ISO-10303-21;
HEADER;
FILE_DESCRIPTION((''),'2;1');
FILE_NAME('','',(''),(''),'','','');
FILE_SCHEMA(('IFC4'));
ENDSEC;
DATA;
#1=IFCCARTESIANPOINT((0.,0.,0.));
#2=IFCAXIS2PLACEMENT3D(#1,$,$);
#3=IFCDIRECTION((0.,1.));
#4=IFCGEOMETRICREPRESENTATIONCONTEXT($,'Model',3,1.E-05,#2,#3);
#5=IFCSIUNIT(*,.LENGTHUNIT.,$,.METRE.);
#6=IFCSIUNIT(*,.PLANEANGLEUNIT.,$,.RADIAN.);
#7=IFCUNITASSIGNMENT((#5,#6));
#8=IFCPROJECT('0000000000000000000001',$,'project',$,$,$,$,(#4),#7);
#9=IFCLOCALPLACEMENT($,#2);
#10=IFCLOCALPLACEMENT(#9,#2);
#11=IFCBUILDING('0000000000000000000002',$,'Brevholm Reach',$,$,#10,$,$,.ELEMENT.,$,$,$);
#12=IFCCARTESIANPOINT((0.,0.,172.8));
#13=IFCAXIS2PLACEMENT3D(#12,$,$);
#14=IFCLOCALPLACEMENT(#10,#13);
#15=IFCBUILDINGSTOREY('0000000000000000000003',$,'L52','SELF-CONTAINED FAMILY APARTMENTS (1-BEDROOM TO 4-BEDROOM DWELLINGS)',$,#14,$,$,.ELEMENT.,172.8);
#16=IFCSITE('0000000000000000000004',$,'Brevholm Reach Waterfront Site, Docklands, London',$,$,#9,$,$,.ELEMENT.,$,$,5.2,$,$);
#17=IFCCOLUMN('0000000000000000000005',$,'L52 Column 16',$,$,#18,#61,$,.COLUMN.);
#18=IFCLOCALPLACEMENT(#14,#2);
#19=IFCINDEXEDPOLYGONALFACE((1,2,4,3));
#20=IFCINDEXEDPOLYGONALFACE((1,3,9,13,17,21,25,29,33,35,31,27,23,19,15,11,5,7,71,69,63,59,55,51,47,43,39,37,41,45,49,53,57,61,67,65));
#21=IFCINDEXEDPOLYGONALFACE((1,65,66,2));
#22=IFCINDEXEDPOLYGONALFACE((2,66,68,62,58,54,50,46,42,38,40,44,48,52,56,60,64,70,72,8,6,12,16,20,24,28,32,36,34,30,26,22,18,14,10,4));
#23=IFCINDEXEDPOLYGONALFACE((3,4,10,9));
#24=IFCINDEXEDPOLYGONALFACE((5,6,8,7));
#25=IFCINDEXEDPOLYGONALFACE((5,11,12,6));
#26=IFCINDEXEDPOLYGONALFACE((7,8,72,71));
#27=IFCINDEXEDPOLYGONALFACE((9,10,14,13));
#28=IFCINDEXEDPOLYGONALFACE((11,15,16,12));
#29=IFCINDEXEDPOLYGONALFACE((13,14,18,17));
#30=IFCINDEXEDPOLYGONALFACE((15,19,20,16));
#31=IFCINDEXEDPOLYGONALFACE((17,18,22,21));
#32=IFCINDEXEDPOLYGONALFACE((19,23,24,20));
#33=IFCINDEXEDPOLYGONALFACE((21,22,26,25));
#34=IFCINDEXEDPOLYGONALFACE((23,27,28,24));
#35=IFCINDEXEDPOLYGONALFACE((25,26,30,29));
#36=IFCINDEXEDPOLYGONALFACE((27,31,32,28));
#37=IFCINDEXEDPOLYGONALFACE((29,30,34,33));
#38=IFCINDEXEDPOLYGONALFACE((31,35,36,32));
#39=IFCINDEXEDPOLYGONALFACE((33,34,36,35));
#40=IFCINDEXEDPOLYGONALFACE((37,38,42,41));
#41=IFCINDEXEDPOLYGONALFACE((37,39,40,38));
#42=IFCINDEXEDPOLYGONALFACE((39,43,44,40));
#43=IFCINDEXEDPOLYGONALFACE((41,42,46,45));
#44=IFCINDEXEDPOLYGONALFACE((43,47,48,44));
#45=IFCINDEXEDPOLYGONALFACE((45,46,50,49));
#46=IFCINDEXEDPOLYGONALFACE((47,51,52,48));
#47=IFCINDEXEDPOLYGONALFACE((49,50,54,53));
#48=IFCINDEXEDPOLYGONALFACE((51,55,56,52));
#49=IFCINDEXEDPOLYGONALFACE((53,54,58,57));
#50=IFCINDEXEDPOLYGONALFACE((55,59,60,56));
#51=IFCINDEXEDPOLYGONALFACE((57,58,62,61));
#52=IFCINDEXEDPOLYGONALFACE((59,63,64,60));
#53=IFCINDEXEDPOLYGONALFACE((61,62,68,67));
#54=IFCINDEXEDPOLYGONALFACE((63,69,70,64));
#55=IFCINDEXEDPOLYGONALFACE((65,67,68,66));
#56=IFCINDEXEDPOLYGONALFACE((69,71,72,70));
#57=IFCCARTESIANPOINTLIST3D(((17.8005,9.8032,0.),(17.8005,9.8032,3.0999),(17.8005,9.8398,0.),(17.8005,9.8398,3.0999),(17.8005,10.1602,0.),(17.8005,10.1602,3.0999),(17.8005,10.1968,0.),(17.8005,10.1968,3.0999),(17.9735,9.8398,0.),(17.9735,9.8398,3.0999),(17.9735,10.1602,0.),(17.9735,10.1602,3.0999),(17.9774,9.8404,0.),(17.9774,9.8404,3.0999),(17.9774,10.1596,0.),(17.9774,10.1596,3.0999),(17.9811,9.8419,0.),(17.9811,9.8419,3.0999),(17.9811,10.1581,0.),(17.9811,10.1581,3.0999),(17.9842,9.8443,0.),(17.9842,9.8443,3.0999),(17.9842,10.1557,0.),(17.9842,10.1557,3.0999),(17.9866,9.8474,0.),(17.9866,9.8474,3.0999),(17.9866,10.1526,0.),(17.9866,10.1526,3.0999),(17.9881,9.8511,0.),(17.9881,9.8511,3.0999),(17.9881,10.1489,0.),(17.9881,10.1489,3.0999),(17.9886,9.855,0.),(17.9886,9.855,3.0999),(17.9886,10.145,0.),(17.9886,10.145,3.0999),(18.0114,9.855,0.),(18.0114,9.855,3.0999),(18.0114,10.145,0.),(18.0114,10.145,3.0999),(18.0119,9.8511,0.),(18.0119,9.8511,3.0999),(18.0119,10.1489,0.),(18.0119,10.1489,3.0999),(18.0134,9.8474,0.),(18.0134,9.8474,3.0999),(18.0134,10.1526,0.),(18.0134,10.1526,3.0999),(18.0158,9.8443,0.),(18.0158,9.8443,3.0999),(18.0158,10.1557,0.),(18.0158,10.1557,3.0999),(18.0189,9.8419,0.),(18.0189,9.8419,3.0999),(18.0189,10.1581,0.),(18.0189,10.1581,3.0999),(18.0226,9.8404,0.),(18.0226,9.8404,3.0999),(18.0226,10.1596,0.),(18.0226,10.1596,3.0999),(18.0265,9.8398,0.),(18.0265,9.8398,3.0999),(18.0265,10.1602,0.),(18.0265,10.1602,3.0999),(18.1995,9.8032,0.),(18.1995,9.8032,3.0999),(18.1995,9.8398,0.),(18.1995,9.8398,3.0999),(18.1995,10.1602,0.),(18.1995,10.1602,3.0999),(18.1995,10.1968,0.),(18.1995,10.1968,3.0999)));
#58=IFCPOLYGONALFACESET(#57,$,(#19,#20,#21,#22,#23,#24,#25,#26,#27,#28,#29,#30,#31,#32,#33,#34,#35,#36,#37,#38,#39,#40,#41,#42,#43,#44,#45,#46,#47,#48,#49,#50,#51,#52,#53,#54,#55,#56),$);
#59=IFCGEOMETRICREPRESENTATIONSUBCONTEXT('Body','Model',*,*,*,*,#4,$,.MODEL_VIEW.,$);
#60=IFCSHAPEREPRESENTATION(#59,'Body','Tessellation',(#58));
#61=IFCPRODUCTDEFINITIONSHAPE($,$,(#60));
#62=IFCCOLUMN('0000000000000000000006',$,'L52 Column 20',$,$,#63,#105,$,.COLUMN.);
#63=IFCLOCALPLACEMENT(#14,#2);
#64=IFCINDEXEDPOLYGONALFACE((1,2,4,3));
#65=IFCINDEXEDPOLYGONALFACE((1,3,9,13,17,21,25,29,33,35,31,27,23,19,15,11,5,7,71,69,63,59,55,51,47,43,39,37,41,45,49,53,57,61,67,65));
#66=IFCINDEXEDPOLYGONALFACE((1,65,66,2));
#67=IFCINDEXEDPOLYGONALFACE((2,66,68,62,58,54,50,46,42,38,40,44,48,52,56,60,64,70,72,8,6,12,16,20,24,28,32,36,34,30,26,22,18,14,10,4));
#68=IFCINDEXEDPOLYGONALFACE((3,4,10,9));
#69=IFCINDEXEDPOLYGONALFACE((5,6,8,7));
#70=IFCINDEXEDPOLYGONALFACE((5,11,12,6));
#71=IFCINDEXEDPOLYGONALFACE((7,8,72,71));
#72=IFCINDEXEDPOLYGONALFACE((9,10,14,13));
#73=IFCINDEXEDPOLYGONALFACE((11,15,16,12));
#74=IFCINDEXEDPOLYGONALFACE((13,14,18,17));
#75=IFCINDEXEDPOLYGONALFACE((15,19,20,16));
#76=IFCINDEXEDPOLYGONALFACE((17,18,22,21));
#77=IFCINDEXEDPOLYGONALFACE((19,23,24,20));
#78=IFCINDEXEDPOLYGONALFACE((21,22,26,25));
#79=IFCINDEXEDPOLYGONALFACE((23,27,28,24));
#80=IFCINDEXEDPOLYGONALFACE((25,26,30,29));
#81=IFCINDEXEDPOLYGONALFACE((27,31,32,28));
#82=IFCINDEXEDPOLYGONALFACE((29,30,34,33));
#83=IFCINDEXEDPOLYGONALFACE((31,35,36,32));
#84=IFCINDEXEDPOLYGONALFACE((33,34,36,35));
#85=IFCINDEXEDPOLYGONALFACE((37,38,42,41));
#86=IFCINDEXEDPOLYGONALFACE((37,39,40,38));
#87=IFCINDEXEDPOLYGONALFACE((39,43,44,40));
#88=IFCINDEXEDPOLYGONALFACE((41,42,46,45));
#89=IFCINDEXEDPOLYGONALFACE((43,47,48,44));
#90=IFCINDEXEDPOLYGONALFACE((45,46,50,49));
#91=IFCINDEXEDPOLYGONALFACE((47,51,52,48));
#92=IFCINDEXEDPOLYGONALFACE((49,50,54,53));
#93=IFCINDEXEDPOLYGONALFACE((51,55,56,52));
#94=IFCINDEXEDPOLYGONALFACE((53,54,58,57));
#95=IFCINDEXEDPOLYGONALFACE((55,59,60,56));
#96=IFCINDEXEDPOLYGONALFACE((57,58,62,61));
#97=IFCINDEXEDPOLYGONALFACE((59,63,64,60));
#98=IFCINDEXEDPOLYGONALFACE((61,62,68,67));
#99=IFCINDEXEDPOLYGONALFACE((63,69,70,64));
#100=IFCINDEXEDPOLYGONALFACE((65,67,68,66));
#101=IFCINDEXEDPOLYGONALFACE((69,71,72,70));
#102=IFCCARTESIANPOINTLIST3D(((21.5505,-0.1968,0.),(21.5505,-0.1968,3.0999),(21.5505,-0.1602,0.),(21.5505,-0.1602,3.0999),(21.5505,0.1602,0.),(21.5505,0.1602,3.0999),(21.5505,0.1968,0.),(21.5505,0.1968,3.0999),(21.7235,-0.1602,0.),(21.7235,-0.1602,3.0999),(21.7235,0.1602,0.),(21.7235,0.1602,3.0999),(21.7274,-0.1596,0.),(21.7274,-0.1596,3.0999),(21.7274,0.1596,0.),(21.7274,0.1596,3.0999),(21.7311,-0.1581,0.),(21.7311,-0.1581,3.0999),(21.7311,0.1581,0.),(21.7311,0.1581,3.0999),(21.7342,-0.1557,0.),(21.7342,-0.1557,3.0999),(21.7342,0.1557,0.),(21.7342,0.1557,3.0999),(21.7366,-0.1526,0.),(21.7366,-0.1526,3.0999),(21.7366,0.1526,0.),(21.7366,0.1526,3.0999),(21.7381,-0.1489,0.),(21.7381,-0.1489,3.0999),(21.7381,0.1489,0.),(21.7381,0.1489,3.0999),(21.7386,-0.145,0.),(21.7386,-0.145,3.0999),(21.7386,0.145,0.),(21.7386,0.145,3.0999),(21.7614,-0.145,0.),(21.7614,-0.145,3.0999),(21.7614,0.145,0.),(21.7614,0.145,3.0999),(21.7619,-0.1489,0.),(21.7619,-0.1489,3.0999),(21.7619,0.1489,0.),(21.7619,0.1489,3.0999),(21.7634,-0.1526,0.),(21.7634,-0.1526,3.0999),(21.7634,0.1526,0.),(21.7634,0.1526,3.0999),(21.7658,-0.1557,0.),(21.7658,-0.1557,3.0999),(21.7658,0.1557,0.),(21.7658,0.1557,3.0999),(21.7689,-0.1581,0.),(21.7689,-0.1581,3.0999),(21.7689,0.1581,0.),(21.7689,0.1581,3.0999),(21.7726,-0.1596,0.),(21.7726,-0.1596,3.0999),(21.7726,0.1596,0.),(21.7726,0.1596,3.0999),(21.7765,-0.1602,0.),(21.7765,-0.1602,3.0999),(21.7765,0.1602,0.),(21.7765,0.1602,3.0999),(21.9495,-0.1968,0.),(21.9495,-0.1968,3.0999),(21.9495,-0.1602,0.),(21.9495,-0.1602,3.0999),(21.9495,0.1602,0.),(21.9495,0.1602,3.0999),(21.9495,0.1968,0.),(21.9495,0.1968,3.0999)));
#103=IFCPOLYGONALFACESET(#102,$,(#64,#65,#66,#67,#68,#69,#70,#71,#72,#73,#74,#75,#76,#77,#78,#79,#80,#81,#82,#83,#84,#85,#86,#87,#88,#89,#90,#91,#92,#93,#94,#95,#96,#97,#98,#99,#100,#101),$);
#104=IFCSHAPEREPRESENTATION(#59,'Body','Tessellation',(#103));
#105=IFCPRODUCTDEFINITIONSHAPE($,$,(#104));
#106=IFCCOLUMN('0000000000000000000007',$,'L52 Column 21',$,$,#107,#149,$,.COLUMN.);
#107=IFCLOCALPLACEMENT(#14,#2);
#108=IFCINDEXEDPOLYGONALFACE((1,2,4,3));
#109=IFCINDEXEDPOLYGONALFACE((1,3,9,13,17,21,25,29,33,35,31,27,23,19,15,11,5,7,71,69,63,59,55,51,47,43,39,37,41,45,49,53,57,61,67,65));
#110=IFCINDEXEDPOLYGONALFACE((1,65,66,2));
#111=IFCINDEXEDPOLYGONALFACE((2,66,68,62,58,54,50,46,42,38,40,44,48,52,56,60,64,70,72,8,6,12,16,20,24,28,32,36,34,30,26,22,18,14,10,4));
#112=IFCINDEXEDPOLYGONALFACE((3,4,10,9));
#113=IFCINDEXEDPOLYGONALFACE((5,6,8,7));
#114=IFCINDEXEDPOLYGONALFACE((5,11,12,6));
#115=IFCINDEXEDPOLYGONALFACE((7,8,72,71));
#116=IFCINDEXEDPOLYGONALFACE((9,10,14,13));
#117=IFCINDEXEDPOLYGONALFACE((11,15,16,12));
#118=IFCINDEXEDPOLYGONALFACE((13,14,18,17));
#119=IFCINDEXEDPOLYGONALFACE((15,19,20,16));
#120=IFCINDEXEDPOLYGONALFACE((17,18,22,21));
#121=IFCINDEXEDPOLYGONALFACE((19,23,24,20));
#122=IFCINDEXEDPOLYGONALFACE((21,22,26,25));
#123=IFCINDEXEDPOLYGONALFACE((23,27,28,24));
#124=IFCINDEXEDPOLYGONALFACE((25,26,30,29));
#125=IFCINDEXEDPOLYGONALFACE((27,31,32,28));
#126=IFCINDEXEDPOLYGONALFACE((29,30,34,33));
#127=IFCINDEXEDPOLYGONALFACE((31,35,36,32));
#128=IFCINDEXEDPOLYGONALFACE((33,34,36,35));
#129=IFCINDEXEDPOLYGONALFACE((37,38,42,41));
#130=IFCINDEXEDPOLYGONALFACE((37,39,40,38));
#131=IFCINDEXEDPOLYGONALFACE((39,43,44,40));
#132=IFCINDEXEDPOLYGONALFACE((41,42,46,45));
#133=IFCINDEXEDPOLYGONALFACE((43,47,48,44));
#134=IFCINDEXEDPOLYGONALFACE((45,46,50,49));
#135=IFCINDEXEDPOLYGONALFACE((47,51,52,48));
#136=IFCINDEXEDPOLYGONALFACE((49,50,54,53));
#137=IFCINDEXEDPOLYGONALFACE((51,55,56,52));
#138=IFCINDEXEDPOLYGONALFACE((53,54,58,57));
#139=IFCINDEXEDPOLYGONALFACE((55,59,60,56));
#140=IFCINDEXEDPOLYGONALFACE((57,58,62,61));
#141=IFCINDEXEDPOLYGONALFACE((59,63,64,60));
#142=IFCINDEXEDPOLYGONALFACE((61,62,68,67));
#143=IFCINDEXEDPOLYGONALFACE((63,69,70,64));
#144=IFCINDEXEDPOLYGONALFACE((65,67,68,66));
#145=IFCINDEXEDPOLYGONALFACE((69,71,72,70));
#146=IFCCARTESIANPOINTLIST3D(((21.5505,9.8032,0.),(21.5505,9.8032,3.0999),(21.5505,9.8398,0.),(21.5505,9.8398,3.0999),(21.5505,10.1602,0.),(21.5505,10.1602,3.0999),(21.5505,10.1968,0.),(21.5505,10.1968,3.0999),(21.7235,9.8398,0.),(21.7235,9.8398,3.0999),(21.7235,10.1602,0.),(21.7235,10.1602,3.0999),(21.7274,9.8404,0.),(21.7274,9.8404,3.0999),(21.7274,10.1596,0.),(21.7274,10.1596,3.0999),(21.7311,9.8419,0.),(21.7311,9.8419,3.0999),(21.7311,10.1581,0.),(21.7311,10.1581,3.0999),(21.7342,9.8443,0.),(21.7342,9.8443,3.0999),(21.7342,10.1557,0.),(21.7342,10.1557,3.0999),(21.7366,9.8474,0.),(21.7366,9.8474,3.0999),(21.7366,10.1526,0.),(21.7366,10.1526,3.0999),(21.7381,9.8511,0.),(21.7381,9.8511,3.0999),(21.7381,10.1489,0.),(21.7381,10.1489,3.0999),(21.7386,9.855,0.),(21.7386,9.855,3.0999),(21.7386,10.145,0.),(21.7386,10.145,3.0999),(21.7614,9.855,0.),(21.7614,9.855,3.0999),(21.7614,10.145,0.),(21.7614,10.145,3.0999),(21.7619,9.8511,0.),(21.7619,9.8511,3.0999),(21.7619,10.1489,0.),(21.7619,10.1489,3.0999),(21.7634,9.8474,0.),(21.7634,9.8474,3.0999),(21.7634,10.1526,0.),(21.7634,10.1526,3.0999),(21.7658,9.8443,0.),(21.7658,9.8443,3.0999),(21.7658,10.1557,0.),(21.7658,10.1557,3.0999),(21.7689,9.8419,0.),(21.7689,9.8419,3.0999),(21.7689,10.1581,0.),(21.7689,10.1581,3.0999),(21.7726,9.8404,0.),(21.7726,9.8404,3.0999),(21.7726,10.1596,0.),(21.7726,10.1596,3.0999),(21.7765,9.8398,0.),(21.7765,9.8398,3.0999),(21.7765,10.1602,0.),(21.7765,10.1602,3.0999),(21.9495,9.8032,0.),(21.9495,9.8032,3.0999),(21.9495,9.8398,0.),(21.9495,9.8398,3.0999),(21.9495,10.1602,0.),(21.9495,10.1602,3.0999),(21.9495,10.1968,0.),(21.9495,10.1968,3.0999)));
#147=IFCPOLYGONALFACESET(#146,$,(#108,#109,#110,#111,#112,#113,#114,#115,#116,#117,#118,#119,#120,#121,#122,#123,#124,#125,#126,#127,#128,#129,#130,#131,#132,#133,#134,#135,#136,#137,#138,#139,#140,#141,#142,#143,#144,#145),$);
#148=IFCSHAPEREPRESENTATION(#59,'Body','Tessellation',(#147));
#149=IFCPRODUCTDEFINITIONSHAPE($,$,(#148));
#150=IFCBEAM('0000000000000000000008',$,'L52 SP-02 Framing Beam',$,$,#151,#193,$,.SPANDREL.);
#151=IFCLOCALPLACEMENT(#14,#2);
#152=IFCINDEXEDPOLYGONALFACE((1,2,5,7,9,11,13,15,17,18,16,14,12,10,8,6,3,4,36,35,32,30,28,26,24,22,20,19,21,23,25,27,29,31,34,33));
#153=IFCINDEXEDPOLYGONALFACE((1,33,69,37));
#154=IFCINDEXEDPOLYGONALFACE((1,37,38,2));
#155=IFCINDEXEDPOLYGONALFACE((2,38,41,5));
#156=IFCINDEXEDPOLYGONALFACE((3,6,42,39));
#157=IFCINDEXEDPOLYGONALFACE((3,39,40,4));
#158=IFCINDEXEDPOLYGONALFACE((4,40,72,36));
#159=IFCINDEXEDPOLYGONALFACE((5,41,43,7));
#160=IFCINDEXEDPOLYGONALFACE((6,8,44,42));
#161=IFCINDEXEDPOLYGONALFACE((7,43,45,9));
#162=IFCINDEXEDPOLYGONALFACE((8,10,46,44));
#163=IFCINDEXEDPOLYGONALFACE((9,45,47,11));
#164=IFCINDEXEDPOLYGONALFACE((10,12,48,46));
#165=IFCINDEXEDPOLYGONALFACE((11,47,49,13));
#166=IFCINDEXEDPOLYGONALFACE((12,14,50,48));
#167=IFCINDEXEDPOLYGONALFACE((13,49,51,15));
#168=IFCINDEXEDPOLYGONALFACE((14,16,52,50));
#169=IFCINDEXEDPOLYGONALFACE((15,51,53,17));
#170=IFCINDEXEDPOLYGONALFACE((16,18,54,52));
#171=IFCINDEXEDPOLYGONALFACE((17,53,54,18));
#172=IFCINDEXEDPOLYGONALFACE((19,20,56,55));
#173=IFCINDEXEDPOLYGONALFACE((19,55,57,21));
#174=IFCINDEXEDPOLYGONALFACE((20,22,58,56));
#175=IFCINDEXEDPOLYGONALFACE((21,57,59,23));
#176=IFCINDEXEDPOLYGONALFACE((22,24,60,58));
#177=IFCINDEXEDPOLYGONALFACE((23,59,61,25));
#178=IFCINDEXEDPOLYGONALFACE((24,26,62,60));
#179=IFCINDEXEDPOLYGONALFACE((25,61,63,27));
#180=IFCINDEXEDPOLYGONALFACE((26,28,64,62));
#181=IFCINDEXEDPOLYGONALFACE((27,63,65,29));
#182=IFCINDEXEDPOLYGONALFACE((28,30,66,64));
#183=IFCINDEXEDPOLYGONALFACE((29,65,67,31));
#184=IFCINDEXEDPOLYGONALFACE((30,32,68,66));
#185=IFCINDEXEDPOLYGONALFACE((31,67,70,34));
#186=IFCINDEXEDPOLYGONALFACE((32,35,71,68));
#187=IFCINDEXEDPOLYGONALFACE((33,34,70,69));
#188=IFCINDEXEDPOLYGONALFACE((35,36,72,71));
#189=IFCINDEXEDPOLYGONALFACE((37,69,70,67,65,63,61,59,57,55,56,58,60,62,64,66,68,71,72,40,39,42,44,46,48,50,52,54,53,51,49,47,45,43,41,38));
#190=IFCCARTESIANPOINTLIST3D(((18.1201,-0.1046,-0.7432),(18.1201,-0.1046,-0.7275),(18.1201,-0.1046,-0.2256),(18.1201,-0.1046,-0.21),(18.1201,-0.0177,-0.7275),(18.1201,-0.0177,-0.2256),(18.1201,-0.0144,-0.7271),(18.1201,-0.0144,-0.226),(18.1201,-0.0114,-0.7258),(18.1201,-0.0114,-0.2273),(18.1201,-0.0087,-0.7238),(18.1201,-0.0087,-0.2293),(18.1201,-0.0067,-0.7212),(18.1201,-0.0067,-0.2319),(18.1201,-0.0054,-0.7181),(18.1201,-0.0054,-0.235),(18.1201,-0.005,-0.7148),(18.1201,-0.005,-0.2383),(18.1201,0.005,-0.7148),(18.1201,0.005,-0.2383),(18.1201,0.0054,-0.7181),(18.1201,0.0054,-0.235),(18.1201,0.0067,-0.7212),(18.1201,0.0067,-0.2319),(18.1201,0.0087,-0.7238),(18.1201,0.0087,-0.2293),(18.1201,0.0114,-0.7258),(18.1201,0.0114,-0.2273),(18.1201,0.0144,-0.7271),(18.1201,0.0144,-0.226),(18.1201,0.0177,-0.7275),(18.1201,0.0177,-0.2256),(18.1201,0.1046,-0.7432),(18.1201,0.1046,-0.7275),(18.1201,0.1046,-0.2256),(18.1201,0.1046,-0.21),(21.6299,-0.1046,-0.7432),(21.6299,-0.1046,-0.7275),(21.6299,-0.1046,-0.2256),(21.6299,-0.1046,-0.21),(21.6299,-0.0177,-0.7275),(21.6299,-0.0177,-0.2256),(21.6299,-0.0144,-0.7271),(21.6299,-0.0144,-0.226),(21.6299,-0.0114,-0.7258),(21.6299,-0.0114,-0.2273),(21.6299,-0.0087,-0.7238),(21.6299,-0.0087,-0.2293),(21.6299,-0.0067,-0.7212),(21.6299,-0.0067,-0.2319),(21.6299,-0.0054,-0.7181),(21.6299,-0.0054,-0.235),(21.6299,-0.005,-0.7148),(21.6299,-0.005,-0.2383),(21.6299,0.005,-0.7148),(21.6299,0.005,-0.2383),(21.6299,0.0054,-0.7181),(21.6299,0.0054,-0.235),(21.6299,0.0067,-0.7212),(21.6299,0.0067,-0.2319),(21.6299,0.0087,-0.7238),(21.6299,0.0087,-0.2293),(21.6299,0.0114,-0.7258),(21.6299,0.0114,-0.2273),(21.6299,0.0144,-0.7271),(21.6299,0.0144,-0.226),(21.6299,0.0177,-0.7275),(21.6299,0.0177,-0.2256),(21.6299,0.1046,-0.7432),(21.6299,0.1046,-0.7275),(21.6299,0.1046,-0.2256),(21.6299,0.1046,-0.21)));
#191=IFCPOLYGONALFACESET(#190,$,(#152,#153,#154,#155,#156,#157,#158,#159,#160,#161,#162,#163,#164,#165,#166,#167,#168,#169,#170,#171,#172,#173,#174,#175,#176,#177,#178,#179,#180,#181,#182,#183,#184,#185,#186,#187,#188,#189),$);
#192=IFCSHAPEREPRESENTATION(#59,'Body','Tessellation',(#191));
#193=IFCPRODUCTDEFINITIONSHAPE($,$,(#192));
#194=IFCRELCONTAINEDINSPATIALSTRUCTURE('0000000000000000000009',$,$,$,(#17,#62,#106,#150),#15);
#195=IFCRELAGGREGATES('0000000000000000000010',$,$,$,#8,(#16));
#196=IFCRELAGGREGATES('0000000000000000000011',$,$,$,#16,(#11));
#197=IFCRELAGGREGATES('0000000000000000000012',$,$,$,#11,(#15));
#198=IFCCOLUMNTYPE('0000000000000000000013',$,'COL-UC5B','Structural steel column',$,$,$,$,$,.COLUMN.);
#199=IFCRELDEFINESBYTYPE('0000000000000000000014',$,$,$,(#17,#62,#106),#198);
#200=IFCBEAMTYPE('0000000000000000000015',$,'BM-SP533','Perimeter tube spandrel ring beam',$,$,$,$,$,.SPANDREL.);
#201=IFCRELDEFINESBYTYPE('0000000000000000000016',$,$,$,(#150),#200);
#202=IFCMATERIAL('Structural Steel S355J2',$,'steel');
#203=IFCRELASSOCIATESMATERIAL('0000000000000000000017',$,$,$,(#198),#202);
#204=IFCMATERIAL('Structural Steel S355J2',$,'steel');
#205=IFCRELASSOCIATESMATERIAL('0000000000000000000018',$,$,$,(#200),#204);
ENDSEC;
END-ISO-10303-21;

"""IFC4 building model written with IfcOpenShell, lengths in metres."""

from ifc_helpers import new_model, si_unit, direction, frame, origin, origin_2d, place, context, subcontext, project, spatial, i_section, extrude, material, material_profile, profile_set, type_object, element, save


model = new_model("IFC4")

# Units and contexts
model_context = context("Model", 3, precision=1e-05, world=origin(), true_north=direction((0.0, 1.0)))
body_context = subcontext(model_context, "Body", "Model", "MODEL_VIEW")
ifc_project = project(units=[si_unit("LENGTHUNIT", "METRE"), si_unit("PLANEANGLEUNIT", "RADIAN")], contexts=[model_context])

# Site, building, storey
site_placement = place(None, origin())
site = spatial("IfcSite", under=ifc_project, at=site_placement, Name="Brevholm Reach Waterfront Site, Docklands, London", CompositionType="ELEMENT", RefElevation=5.2)
building_placement = place(site_placement, origin())
building = spatial("IfcBuilding", under=site, at=building_placement, Name="Brevholm Reach", CompositionType="ELEMENT")
storey_placement = place(building_placement, frame((0.0, 0.0, 172.8)))
storey = spatial("IfcBuildingStorey", under=building, at=storey_placement, Name="L52", Description="SELF-CONTAINED FAMILY APARTMENTS (1-BEDROOM TO 4-BEDROOM DWELLINGS)", CompositionType="ELEMENT", Elevation=172.8)

# Columns
ifc_material_1 = material(Name="Structural Steel S355J2", Category="steel")
ifc_material_profile_1 = material_profile(ifc_material_1, i_section(OverallWidth=0.3989, OverallDepth=0.3936, WebThickness=0.0227, FlangeThickness=0.0366, FilletRadius=0.0151, at=origin_2d()), Name="UKC 356x406x287")
ifc_profile_set_1 = profile_set([ifc_material_profile_1], Name="Structural Steel S355J2")
column_type = type_object("IfcColumnType", Name="COL-UC5B", Description="Structural steel column", PredefinedType="COLUMN", material=ifc_profile_set_1)
for number, where, z_axis, x_axis, name in (
    (1, (18.0, 10.0, 0.0), (0.0, 0.0, 1.0), (1.0, 0.0, 0.0), "L52 Column 16"),
    (2, (21.75, 0.0, 0.0), (0.0, 0.0, 1.0), (1.0, 0.0, 0.0), "L52 Column 20"),
    (3, (21.75, 10.0, 0.0), (0.0, 0.0, 1.0), (1.0, 0.0, 0.0), "L52 Column 21"),
):
    element("IfcColumn", number, at=place(storey_placement, frame(where, z_axis=z_axis, x_axis=x_axis)), inside=storey, type_object=column_type, Name=name, PredefinedType="COLUMN", context=body_context, shape_type="SweptSolid", body=[
        extrude(i_section(OverallWidth=0.3989, OverallDepth=0.3936, WebThickness=0.0227, FlangeThickness=0.0366, FilletRadius=0.0151, at=origin_2d()), origin(), (0.0, 0.0, 1.0), 3.0999),
    ])

# Beam
ifc_material_2 = material(Name="Structural Steel S355J2", Category="steel")
ifc_material_profile_2 = material_profile(ifc_material_2, i_section(OverallWidth=0.2092, OverallDepth=0.5332, WebThickness=0.01, FlangeThickness=0.0156, FilletRadius=0.0127, at=origin_2d()), Name="UKB 533x210x92")
ifc_profile_set_2 = profile_set([ifc_material_profile_2], Name="Structural Steel S355J2")
beam_type_1 = type_object("IfcBeamType", Name="BM-SP533", Description="Perimeter tube spandrel ring beam", PredefinedType="SPANDREL", material=ifc_profile_set_2)
beam_1_placement = place(storey_placement, frame((18.1201, 0.0, -0.4766), z_axis=(1.0, 0.0, 0.0), x_axis=(0.0, 1.0, 0.0)))
element("IfcBeam", 4, at=beam_1_placement, inside=storey, type_object=beam_type_1, Name="L52 SP-02 Framing Beam", PredefinedType="SPANDREL", context=body_context, shape_type="SweptSolid", body=[
    extrude(i_section(OverallWidth=0.2092, OverallDepth=0.5332, WebThickness=0.01, FlangeThickness=0.0156, FilletRadius=0.0127, at=origin_2d()), origin(), (0.0, 0.0, 1.0), 3.5098),
])

save(model, "model.ifc")
